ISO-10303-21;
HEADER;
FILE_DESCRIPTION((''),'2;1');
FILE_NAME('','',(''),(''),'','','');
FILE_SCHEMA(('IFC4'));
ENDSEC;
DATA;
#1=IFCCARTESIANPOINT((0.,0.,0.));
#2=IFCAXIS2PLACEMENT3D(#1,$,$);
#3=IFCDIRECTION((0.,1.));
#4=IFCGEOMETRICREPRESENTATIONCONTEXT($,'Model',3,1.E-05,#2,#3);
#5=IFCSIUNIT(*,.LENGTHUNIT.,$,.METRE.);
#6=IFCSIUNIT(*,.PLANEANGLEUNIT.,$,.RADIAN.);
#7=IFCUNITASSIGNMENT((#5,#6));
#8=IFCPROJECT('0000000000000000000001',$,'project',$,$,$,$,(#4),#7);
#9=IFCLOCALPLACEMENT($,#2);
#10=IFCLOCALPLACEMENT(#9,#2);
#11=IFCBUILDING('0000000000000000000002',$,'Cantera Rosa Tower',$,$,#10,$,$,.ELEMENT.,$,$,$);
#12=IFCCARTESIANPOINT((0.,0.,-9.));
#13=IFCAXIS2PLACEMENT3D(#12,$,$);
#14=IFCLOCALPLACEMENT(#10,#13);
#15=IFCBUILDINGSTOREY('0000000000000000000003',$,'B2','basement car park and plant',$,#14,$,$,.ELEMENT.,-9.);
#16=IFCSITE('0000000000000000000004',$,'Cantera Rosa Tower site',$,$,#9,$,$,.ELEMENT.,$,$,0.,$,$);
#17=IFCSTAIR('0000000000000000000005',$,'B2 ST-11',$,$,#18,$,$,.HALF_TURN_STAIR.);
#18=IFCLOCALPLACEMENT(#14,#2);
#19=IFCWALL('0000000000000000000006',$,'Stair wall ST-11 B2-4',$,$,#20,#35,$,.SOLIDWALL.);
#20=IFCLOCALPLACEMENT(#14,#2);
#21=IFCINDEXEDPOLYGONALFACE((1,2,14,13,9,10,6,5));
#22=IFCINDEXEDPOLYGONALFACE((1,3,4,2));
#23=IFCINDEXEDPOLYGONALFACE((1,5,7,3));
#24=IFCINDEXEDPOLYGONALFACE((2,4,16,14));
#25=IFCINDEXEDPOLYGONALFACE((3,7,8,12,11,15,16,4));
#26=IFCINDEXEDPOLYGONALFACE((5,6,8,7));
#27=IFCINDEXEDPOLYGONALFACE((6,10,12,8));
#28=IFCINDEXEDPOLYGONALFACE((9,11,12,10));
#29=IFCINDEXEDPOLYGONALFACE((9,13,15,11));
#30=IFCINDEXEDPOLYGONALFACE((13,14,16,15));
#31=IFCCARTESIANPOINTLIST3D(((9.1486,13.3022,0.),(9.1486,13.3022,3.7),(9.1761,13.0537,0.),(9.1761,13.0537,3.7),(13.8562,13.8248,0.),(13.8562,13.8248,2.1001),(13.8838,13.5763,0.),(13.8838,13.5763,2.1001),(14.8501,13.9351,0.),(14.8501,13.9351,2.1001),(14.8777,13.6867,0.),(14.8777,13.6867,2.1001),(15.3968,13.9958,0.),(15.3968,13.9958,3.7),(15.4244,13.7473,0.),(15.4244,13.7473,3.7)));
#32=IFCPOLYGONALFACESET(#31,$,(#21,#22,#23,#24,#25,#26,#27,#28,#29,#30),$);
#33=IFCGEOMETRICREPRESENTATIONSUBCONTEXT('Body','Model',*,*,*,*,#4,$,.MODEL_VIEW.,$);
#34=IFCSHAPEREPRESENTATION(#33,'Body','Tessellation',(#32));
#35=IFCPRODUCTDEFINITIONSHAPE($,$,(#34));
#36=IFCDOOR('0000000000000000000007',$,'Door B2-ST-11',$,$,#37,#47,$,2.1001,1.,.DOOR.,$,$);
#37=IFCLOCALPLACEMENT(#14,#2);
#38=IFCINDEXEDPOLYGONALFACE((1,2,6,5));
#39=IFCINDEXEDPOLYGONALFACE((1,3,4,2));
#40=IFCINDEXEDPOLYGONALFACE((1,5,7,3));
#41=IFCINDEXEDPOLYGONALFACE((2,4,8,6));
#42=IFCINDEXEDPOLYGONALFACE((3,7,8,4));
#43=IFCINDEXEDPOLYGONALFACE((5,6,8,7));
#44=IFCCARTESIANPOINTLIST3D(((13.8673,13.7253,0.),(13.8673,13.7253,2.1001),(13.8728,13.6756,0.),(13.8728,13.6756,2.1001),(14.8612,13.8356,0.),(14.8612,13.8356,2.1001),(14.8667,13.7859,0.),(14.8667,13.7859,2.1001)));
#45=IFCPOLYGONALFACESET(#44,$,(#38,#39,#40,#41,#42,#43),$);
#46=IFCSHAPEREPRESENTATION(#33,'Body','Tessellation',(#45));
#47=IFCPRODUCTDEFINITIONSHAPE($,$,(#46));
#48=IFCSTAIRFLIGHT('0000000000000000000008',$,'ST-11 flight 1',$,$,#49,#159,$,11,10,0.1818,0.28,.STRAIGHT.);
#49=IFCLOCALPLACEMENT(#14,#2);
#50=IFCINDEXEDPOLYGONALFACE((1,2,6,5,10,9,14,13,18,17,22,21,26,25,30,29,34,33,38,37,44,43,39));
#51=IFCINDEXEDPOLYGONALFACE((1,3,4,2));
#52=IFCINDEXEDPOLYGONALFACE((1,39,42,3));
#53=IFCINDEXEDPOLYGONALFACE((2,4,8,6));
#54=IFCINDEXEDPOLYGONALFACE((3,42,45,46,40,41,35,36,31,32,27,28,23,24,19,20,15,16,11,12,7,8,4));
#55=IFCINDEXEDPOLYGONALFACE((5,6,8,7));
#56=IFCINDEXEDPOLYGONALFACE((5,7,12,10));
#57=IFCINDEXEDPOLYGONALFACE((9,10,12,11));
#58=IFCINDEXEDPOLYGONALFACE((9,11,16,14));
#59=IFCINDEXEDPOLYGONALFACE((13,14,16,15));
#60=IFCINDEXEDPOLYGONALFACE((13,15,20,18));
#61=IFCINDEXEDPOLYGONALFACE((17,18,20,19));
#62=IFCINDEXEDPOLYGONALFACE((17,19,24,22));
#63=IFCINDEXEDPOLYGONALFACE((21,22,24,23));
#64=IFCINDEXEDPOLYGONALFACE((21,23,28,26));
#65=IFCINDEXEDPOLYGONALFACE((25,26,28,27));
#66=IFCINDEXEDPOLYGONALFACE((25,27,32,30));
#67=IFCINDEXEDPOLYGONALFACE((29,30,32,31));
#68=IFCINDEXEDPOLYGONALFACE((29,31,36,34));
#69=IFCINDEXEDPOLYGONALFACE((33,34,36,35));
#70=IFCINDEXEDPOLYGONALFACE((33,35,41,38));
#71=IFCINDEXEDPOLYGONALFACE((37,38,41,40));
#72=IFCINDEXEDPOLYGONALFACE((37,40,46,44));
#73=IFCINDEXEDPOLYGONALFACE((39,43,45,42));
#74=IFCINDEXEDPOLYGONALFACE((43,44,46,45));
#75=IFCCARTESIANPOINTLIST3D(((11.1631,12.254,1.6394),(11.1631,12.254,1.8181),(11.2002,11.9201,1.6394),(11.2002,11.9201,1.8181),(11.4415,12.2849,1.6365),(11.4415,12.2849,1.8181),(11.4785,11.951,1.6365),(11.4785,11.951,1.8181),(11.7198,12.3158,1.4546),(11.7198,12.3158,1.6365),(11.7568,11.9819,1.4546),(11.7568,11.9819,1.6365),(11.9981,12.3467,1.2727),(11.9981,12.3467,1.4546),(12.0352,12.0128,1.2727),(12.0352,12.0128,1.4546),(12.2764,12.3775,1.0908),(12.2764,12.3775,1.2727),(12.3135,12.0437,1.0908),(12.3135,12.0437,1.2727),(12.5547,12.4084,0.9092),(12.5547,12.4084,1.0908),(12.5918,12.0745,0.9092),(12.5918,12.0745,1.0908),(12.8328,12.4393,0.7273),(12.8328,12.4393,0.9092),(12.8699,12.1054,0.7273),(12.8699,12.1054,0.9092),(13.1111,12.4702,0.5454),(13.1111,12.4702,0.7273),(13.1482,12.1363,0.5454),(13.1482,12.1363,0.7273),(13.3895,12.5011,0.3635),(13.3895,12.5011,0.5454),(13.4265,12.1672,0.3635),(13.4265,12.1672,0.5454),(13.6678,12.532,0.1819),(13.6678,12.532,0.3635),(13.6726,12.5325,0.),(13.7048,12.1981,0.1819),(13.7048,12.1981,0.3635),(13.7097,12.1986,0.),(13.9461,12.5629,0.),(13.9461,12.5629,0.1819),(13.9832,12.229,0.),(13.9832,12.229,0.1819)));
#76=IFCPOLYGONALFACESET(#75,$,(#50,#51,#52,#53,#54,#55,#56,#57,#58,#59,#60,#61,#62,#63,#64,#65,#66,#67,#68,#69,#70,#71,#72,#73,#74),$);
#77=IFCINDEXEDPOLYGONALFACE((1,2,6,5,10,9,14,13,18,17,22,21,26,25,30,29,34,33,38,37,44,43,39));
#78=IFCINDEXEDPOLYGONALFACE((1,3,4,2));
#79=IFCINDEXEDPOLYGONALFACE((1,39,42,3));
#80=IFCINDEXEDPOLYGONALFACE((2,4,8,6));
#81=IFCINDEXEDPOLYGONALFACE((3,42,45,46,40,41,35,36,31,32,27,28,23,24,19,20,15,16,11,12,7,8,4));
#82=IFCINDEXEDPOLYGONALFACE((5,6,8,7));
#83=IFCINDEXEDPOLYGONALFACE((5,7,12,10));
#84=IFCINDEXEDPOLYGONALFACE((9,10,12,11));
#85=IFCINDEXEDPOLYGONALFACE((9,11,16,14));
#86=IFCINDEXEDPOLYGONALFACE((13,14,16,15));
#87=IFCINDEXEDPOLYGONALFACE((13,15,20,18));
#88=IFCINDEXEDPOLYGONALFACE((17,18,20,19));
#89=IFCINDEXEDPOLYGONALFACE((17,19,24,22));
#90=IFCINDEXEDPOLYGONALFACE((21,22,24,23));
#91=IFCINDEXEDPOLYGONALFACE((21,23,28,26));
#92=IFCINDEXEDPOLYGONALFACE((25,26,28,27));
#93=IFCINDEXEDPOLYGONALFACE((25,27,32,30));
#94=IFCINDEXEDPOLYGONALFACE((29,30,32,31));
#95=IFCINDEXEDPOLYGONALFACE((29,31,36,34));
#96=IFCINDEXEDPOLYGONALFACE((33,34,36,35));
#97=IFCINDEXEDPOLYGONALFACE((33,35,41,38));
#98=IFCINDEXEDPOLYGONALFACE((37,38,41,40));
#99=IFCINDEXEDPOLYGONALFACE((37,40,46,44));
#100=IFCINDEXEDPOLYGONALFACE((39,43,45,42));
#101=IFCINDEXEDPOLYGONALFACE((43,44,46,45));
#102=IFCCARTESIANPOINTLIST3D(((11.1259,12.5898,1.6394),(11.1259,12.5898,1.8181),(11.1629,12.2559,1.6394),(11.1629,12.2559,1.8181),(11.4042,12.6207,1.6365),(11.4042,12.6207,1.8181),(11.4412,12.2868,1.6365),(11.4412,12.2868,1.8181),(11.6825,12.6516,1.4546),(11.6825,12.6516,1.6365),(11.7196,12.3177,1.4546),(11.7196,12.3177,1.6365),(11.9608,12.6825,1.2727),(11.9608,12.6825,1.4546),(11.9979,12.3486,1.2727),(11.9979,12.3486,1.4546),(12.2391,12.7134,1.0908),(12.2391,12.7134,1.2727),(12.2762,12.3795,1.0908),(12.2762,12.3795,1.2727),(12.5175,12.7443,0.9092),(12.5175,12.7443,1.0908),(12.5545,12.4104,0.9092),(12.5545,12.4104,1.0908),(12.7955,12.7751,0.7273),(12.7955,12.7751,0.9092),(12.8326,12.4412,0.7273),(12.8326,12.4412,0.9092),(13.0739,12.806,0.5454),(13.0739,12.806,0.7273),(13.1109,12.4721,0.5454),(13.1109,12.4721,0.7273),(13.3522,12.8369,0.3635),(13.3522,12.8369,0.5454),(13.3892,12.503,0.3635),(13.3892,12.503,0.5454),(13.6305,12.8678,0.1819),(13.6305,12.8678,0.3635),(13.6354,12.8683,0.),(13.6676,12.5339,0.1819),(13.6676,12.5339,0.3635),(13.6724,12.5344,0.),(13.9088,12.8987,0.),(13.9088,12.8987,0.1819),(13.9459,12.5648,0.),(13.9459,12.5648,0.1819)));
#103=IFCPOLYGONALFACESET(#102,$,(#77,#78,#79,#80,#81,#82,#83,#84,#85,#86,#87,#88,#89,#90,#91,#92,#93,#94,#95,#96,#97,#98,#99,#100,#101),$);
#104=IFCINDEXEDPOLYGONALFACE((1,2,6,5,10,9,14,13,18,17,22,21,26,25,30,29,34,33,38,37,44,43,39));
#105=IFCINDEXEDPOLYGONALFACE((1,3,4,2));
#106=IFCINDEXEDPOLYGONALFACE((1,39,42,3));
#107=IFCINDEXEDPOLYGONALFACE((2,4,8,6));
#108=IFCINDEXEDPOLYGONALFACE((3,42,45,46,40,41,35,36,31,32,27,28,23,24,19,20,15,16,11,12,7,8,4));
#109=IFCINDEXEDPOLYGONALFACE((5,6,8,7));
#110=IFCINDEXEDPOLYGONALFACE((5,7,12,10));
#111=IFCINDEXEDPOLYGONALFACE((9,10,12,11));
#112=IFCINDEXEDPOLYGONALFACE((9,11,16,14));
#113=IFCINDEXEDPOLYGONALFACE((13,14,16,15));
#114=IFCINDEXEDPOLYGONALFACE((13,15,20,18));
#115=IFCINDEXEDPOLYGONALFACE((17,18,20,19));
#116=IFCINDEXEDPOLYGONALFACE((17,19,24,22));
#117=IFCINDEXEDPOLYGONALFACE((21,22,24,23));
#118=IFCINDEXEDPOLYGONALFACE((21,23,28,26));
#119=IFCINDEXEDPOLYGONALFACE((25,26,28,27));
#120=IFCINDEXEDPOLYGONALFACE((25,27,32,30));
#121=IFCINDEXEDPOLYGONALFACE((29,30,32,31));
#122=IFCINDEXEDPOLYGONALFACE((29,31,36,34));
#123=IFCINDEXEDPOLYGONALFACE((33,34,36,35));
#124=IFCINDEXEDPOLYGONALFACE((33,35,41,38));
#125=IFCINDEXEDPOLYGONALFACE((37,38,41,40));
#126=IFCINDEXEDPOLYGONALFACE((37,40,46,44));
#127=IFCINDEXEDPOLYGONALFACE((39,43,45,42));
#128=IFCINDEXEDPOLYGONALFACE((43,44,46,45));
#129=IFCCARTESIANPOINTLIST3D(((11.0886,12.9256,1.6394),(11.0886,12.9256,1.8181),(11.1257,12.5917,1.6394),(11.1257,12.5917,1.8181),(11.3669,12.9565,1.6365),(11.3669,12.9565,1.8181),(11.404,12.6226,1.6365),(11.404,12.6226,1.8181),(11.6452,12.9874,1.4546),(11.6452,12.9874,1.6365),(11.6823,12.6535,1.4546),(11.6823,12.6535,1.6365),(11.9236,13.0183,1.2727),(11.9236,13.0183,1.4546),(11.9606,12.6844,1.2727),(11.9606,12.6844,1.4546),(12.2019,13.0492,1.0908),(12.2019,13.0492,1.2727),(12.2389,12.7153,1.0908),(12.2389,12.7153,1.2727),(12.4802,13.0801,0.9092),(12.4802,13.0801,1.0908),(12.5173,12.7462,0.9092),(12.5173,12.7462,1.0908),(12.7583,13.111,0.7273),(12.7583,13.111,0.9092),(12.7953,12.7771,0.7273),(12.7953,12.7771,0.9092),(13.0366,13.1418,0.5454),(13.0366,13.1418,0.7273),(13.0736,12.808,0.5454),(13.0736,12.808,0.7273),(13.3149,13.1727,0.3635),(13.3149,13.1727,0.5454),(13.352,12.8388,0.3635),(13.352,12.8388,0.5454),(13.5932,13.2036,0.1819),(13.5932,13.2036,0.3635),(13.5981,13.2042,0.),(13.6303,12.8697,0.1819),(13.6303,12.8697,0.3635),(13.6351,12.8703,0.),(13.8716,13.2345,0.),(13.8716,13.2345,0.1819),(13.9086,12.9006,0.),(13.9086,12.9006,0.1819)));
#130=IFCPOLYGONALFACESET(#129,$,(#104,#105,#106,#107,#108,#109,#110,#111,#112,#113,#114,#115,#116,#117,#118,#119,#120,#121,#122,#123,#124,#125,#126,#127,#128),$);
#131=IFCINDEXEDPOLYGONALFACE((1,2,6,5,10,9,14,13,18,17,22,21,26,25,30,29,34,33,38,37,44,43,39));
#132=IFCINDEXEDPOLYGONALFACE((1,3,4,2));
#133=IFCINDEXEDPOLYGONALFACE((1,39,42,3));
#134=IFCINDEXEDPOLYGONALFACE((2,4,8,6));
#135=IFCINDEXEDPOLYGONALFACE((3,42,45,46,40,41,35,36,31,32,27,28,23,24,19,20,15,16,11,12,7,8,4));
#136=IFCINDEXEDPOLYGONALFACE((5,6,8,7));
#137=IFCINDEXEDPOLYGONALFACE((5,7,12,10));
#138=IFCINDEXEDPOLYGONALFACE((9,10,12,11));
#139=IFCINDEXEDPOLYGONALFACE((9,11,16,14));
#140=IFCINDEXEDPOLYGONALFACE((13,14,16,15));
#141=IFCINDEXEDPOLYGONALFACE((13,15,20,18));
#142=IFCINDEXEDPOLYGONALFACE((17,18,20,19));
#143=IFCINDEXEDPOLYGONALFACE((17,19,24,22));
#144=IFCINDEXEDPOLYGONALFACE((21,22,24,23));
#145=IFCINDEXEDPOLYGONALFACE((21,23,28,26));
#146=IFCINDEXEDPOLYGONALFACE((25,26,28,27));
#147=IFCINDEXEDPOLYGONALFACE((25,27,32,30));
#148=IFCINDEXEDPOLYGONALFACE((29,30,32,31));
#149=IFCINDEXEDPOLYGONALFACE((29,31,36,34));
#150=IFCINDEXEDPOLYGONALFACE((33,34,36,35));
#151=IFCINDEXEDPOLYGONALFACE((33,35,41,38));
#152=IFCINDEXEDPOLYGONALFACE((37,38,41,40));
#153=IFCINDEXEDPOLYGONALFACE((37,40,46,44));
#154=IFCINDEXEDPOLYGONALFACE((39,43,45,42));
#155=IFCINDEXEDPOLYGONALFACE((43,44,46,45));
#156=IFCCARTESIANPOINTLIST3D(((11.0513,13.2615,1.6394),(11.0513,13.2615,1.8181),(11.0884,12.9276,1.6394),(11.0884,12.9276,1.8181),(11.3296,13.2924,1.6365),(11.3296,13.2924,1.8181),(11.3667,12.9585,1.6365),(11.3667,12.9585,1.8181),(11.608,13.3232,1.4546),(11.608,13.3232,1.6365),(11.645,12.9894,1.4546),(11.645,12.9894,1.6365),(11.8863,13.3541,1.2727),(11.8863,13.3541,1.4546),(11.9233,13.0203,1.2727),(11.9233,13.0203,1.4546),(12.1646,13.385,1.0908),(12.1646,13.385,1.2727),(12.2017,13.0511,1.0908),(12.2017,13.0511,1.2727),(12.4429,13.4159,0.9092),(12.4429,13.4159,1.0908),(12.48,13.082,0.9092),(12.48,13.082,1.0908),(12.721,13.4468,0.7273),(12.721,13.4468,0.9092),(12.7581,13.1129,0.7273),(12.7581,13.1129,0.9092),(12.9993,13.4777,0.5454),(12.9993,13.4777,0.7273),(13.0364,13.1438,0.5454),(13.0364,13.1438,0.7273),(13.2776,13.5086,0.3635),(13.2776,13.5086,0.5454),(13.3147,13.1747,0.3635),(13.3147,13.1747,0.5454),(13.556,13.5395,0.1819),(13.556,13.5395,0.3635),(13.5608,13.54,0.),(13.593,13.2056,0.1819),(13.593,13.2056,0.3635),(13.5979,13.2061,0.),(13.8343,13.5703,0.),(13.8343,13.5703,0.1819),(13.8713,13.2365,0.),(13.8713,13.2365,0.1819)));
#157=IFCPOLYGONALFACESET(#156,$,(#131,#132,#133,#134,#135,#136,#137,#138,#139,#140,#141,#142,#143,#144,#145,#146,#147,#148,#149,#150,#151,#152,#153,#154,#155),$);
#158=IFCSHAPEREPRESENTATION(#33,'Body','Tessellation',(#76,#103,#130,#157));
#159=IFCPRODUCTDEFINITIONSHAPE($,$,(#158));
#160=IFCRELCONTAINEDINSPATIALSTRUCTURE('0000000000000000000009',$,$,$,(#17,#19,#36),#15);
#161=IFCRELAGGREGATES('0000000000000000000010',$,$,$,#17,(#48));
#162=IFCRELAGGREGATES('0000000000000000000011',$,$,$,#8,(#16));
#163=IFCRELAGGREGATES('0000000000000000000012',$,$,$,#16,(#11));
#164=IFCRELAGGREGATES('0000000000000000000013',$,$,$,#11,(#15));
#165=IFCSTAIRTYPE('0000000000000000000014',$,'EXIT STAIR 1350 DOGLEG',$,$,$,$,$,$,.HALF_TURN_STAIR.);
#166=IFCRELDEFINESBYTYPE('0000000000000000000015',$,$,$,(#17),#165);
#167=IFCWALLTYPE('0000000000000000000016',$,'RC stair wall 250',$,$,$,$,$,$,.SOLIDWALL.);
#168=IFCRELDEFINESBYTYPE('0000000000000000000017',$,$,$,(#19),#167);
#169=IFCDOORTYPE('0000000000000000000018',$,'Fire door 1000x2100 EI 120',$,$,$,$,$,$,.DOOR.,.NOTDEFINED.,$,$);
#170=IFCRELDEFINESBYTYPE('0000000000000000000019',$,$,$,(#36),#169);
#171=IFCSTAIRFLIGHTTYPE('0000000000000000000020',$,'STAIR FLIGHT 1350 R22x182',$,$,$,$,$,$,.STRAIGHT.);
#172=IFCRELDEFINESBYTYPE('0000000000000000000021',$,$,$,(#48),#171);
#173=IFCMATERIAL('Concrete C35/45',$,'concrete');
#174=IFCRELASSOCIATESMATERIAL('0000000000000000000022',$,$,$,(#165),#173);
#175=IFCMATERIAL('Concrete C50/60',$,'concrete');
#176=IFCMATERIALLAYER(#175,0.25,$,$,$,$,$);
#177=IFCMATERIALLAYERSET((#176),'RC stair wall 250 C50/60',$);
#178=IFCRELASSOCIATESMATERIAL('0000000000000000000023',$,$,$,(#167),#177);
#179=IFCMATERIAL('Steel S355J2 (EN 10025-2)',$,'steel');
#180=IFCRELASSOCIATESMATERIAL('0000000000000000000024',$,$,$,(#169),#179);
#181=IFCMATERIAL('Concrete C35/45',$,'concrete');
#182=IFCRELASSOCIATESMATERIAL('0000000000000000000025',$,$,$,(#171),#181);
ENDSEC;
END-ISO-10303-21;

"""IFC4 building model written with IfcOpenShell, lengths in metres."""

from ifc_helpers import new_model, si_unit, direction, frame, frame_2d, origin, place, context, subcontext, project, spatial, polyline, rectangle, outline, extrude, material, layer, layer_set, type_object, element, fill, aggregate, save


model = new_model("IFC4")

# Units and contexts
model_context = context("Model", 3, precision=1e-05, world=origin(), true_north=direction((0.0, 1.0)))
body_context = subcontext(model_context, "Body", "Model", "MODEL_VIEW")
ifc_project = project(units=[si_unit("LENGTHUNIT", "METRE"), si_unit("PLANEANGLEUNIT", "RADIAN")], contexts=[model_context])

# Site, building, storey
site_placement = place(None, origin())
site = spatial("IfcSite", under=ifc_project, at=site_placement, Name="Cantera Rosa Tower site", CompositionType="ELEMENT", RefElevation=0.0)
building_placement = place(site_placement, origin())
building = spatial("IfcBuilding", under=site, at=building_placement, Name="Cantera Rosa Tower", CompositionType="ELEMENT")
storey_placement = place(building_placement, frame((0.0, 0.0, -9.0)))
storey = spatial("IfcBuildingStorey", under=building, at=storey_placement, Name="B2", Description="basement car park and plant", CompositionType="ELEMENT", Elevation=-9.0)

# Stair
ifc_material_1 = material(Name="Concrete C35/45", Category="concrete")
stair_type_1 = type_object("IfcStairType", Name="EXIT STAIR 1350 DOGLEG", PredefinedType="HALF_TURN_STAIR", material=ifc_material_1)
stair_1_placement = place(storey_placement, origin())
stair_1 = element("IfcStair", 1, at=stair_1_placement, inside=storey, type_object=stair_type_1, Name="B2 ST-11", PredefinedType="HALF_TURN_STAIR")

# Shared definitions
ifc_material_2 = material(Name="Concrete C50/60", Category="concrete")
ifc_layer_1 = layer(ifc_material_2, 0.25)
ifc_layer_set_1 = layer_set([ifc_layer_1], Name="RC stair wall 250 C50/60")
wall_type_1 = type_object("IfcWallType", Name="RC stair wall 250", PredefinedType="SOLIDWALL", material=ifc_layer_set_1)

# Wall, opening, door
wall_1_placement = place(storey_placement, frame((9.1624, 13.178, 0.0), z_axis=(0.0, 0.0, 1.0), x_axis=(0.993895, 0.110329, 0.0)))
wall_1 = element("IfcWall", 2, at=wall_1_placement, inside=storey, type_object=wall_type_1, Name="Stair wall ST-11 B2-4", PredefinedType="SOLIDWALL", context=body_context, shape_type="SweptSolid", body=[
    extrude(rectangle(XDim=6.2866, YDim=0.25, at=frame_2d((3.1433, 0.0))), origin(), (0.0, 0.0, 1.0), 3.7),
])
opening_placement = place(wall_1_placement, frame((4.7366, 0.0, 0.0)))
opening = element("IfcOpeningElement", 3, at=opening_placement, cuts=wall_1, PredefinedType="OPENING", context=body_context, shape_type="SweptSolid", body=[
    extrude(rectangle(XDim=1.0, YDim=2.1001, at=frame_2d((0.5, 1.05))), frame((0.0, 0.135, 0.0), z_axis=(0.0, -1.0, 0.0), x_axis=(1.0, 0.0, 0.0)), (0.0, 0.0, 1.0), 0.27),
])
ifc_material_3 = material(Name="Steel S355J2 (EN 10025-2)", Category="steel")
door_type = type_object("IfcDoorType", Name="Fire door 1000x2100 EI 120", OperationType="NOTDEFINED", PredefinedType="DOOR", material=ifc_material_3)
door_placement = place(opening_placement, origin())
door = element("IfcDoor", 4, at=door_placement, inside=storey, type_object=door_type, Name="Door B2-ST-11", OverallHeight=2.1001, OverallWidth=1.0, PredefinedType="DOOR", context=body_context, shape_type="SweptSolid", body=[
    extrude(rectangle(XDim=1.0, YDim=2.1001, at=frame_2d((0.5, 1.05))), frame((0.0, 0.0249, 0.0), z_axis=(0.0, -1.0, 0.0), x_axis=(1.0, 0.0, 0.0)), (0.0, 0.0, 1.0), 0.05),
])
fill(opening, door)

# Stair flight
ifc_material_4 = material(Name="Concrete C35/45", Category="concrete")
stair_flight_type = type_object("IfcStairFlightType", Name="STAIR FLIGHT 1350 R22x182", PredefinedType="STRAIGHT", material=ifc_material_4)
stair_flight_1_placement = place(storey_placement, frame((13.9087, 12.8999, 0.0), z_axis=(0.0, 0.0, 1.0), x_axis=(-0.993897, -0.110313, 0.0)))
stair_flight_1 = element("IfcStairFlight", 5, at=stair_flight_1_placement, type_object=stair_flight_type, Name="ST-11 flight 1", NumberOfRisers=11, NumberOfTreads=10, PredefinedType="STRAIGHT", RiserHeight=0.1818, TreadLength=0.28, context=body_context, shape_type="SweptSolid", body=[
    extrude(outline(polyline([(0.0, 0.0), (0.0, 0.1819), (0.28, 0.1819), (0.28, 0.3635), (0.5601, 0.3635), (0.5601, 0.5454), (0.8401, 0.5454), (0.8401, 0.7273), (1.1201, 0.7273), (1.1201, 0.9092), (1.3999, 0.9092), (1.3999, 1.0908), (1.6799, 1.0908), (1.6799, 1.2727), (1.96, 1.2727), (1.96, 1.4546), (2.24, 1.4546), (2.24, 1.6365), (2.52, 1.6365), (2.52, 1.8181), (2.8, 1.8181), (2.8, 2.0), (2.8, 1.6394), (0.2751, 0.0), (0.0, 0.0)])), frame((0.0, 0.675, 0.0), z_axis=(0.0, -1.0, 0.0), x_axis=(1.0, 0.0, 0.0)), (0.0, 0.0, 1.0), 0.3359),
    extrude(outline(polyline([(0.0, 0.0), (0.0, 0.1819), (0.28, 0.1819), (0.28, 0.3635), (0.5601, 0.3635), (0.5601, 0.5454), (0.8401, 0.5454), (0.8401, 0.7273), (1.1201, 0.7273), (1.1201, 0.9092), (1.3999, 0.9092), (1.3999, 1.0908), (1.6799, 1.0908), (1.6799, 1.2727), (1.96, 1.2727), (1.96, 1.4546), (2.24, 1.4546), (2.24, 1.6365), (2.52, 1.6365), (2.52, 1.8181), (2.8, 1.8181), (2.8, 2.0), (2.8, 1.6394), (0.2751, 0.0), (0.0, 0.0)])), frame((0.0, 0.3372, 0.0), z_axis=(0.0, -1.0, 0.0), x_axis=(1.0, 0.0, 0.0)), (0.0, 0.0, 1.0), 0.3359),
    extrude(outline(polyline([(0.0, 0.0), (0.0, 0.1819), (0.28, 0.1819), (0.28, 0.3635), (0.5601, 0.3635), (0.5601, 0.5454), (0.8401, 0.5454), (0.8401, 0.7273), (1.1201, 0.7273), (1.1201, 0.9092), (1.3999, 0.9092), (1.3999, 1.0908), (1.6799, 1.0908), (1.6799, 1.2727), (1.96, 1.2727), (1.96, 1.4546), (2.24, 1.4546), (2.24, 1.6365), (2.52, 1.6365), (2.52, 1.8181), (2.8, 1.8181), (2.8, 2.0), (2.8, 1.6394), (0.2751, 0.0), (0.0, 0.0)])), frame((0.0, -0.0007, 0.0), z_axis=(0.0, -1.0, 0.0), x_axis=(1.0, 0.0, 0.0)), (0.0, 0.0, 1.0), 0.3359),
    extrude(outline(polyline([(0.0, 0.0), (0.0, 0.1819), (0.28, 0.1819), (0.28, 0.3635), (0.5601, 0.3635), (0.5601, 0.5454), (0.8401, 0.5454), (0.8401, 0.7273), (1.1201, 0.7273), (1.1201, 0.9092), (1.3999, 0.9092), (1.3999, 1.0908), (1.6799, 1.0908), (1.6799, 1.2727), (1.96, 1.2727), (1.96, 1.4546), (2.24, 1.4546), (2.24, 1.6365), (2.52, 1.6365), (2.52, 1.8181), (2.8, 1.8181), (2.8, 2.0), (2.8, 1.6394), (0.2751, 0.0), (0.0, 0.0)])), frame((0.0, -0.3386, 0.0), z_axis=(0.0, -1.0, 0.0), x_axis=(1.0, 0.0, 0.0)), (0.0, 0.0, 1.0), 0.3359),
])
aggregate(stair_1, [stair_flight_1])

save(model, "model.ifc")
